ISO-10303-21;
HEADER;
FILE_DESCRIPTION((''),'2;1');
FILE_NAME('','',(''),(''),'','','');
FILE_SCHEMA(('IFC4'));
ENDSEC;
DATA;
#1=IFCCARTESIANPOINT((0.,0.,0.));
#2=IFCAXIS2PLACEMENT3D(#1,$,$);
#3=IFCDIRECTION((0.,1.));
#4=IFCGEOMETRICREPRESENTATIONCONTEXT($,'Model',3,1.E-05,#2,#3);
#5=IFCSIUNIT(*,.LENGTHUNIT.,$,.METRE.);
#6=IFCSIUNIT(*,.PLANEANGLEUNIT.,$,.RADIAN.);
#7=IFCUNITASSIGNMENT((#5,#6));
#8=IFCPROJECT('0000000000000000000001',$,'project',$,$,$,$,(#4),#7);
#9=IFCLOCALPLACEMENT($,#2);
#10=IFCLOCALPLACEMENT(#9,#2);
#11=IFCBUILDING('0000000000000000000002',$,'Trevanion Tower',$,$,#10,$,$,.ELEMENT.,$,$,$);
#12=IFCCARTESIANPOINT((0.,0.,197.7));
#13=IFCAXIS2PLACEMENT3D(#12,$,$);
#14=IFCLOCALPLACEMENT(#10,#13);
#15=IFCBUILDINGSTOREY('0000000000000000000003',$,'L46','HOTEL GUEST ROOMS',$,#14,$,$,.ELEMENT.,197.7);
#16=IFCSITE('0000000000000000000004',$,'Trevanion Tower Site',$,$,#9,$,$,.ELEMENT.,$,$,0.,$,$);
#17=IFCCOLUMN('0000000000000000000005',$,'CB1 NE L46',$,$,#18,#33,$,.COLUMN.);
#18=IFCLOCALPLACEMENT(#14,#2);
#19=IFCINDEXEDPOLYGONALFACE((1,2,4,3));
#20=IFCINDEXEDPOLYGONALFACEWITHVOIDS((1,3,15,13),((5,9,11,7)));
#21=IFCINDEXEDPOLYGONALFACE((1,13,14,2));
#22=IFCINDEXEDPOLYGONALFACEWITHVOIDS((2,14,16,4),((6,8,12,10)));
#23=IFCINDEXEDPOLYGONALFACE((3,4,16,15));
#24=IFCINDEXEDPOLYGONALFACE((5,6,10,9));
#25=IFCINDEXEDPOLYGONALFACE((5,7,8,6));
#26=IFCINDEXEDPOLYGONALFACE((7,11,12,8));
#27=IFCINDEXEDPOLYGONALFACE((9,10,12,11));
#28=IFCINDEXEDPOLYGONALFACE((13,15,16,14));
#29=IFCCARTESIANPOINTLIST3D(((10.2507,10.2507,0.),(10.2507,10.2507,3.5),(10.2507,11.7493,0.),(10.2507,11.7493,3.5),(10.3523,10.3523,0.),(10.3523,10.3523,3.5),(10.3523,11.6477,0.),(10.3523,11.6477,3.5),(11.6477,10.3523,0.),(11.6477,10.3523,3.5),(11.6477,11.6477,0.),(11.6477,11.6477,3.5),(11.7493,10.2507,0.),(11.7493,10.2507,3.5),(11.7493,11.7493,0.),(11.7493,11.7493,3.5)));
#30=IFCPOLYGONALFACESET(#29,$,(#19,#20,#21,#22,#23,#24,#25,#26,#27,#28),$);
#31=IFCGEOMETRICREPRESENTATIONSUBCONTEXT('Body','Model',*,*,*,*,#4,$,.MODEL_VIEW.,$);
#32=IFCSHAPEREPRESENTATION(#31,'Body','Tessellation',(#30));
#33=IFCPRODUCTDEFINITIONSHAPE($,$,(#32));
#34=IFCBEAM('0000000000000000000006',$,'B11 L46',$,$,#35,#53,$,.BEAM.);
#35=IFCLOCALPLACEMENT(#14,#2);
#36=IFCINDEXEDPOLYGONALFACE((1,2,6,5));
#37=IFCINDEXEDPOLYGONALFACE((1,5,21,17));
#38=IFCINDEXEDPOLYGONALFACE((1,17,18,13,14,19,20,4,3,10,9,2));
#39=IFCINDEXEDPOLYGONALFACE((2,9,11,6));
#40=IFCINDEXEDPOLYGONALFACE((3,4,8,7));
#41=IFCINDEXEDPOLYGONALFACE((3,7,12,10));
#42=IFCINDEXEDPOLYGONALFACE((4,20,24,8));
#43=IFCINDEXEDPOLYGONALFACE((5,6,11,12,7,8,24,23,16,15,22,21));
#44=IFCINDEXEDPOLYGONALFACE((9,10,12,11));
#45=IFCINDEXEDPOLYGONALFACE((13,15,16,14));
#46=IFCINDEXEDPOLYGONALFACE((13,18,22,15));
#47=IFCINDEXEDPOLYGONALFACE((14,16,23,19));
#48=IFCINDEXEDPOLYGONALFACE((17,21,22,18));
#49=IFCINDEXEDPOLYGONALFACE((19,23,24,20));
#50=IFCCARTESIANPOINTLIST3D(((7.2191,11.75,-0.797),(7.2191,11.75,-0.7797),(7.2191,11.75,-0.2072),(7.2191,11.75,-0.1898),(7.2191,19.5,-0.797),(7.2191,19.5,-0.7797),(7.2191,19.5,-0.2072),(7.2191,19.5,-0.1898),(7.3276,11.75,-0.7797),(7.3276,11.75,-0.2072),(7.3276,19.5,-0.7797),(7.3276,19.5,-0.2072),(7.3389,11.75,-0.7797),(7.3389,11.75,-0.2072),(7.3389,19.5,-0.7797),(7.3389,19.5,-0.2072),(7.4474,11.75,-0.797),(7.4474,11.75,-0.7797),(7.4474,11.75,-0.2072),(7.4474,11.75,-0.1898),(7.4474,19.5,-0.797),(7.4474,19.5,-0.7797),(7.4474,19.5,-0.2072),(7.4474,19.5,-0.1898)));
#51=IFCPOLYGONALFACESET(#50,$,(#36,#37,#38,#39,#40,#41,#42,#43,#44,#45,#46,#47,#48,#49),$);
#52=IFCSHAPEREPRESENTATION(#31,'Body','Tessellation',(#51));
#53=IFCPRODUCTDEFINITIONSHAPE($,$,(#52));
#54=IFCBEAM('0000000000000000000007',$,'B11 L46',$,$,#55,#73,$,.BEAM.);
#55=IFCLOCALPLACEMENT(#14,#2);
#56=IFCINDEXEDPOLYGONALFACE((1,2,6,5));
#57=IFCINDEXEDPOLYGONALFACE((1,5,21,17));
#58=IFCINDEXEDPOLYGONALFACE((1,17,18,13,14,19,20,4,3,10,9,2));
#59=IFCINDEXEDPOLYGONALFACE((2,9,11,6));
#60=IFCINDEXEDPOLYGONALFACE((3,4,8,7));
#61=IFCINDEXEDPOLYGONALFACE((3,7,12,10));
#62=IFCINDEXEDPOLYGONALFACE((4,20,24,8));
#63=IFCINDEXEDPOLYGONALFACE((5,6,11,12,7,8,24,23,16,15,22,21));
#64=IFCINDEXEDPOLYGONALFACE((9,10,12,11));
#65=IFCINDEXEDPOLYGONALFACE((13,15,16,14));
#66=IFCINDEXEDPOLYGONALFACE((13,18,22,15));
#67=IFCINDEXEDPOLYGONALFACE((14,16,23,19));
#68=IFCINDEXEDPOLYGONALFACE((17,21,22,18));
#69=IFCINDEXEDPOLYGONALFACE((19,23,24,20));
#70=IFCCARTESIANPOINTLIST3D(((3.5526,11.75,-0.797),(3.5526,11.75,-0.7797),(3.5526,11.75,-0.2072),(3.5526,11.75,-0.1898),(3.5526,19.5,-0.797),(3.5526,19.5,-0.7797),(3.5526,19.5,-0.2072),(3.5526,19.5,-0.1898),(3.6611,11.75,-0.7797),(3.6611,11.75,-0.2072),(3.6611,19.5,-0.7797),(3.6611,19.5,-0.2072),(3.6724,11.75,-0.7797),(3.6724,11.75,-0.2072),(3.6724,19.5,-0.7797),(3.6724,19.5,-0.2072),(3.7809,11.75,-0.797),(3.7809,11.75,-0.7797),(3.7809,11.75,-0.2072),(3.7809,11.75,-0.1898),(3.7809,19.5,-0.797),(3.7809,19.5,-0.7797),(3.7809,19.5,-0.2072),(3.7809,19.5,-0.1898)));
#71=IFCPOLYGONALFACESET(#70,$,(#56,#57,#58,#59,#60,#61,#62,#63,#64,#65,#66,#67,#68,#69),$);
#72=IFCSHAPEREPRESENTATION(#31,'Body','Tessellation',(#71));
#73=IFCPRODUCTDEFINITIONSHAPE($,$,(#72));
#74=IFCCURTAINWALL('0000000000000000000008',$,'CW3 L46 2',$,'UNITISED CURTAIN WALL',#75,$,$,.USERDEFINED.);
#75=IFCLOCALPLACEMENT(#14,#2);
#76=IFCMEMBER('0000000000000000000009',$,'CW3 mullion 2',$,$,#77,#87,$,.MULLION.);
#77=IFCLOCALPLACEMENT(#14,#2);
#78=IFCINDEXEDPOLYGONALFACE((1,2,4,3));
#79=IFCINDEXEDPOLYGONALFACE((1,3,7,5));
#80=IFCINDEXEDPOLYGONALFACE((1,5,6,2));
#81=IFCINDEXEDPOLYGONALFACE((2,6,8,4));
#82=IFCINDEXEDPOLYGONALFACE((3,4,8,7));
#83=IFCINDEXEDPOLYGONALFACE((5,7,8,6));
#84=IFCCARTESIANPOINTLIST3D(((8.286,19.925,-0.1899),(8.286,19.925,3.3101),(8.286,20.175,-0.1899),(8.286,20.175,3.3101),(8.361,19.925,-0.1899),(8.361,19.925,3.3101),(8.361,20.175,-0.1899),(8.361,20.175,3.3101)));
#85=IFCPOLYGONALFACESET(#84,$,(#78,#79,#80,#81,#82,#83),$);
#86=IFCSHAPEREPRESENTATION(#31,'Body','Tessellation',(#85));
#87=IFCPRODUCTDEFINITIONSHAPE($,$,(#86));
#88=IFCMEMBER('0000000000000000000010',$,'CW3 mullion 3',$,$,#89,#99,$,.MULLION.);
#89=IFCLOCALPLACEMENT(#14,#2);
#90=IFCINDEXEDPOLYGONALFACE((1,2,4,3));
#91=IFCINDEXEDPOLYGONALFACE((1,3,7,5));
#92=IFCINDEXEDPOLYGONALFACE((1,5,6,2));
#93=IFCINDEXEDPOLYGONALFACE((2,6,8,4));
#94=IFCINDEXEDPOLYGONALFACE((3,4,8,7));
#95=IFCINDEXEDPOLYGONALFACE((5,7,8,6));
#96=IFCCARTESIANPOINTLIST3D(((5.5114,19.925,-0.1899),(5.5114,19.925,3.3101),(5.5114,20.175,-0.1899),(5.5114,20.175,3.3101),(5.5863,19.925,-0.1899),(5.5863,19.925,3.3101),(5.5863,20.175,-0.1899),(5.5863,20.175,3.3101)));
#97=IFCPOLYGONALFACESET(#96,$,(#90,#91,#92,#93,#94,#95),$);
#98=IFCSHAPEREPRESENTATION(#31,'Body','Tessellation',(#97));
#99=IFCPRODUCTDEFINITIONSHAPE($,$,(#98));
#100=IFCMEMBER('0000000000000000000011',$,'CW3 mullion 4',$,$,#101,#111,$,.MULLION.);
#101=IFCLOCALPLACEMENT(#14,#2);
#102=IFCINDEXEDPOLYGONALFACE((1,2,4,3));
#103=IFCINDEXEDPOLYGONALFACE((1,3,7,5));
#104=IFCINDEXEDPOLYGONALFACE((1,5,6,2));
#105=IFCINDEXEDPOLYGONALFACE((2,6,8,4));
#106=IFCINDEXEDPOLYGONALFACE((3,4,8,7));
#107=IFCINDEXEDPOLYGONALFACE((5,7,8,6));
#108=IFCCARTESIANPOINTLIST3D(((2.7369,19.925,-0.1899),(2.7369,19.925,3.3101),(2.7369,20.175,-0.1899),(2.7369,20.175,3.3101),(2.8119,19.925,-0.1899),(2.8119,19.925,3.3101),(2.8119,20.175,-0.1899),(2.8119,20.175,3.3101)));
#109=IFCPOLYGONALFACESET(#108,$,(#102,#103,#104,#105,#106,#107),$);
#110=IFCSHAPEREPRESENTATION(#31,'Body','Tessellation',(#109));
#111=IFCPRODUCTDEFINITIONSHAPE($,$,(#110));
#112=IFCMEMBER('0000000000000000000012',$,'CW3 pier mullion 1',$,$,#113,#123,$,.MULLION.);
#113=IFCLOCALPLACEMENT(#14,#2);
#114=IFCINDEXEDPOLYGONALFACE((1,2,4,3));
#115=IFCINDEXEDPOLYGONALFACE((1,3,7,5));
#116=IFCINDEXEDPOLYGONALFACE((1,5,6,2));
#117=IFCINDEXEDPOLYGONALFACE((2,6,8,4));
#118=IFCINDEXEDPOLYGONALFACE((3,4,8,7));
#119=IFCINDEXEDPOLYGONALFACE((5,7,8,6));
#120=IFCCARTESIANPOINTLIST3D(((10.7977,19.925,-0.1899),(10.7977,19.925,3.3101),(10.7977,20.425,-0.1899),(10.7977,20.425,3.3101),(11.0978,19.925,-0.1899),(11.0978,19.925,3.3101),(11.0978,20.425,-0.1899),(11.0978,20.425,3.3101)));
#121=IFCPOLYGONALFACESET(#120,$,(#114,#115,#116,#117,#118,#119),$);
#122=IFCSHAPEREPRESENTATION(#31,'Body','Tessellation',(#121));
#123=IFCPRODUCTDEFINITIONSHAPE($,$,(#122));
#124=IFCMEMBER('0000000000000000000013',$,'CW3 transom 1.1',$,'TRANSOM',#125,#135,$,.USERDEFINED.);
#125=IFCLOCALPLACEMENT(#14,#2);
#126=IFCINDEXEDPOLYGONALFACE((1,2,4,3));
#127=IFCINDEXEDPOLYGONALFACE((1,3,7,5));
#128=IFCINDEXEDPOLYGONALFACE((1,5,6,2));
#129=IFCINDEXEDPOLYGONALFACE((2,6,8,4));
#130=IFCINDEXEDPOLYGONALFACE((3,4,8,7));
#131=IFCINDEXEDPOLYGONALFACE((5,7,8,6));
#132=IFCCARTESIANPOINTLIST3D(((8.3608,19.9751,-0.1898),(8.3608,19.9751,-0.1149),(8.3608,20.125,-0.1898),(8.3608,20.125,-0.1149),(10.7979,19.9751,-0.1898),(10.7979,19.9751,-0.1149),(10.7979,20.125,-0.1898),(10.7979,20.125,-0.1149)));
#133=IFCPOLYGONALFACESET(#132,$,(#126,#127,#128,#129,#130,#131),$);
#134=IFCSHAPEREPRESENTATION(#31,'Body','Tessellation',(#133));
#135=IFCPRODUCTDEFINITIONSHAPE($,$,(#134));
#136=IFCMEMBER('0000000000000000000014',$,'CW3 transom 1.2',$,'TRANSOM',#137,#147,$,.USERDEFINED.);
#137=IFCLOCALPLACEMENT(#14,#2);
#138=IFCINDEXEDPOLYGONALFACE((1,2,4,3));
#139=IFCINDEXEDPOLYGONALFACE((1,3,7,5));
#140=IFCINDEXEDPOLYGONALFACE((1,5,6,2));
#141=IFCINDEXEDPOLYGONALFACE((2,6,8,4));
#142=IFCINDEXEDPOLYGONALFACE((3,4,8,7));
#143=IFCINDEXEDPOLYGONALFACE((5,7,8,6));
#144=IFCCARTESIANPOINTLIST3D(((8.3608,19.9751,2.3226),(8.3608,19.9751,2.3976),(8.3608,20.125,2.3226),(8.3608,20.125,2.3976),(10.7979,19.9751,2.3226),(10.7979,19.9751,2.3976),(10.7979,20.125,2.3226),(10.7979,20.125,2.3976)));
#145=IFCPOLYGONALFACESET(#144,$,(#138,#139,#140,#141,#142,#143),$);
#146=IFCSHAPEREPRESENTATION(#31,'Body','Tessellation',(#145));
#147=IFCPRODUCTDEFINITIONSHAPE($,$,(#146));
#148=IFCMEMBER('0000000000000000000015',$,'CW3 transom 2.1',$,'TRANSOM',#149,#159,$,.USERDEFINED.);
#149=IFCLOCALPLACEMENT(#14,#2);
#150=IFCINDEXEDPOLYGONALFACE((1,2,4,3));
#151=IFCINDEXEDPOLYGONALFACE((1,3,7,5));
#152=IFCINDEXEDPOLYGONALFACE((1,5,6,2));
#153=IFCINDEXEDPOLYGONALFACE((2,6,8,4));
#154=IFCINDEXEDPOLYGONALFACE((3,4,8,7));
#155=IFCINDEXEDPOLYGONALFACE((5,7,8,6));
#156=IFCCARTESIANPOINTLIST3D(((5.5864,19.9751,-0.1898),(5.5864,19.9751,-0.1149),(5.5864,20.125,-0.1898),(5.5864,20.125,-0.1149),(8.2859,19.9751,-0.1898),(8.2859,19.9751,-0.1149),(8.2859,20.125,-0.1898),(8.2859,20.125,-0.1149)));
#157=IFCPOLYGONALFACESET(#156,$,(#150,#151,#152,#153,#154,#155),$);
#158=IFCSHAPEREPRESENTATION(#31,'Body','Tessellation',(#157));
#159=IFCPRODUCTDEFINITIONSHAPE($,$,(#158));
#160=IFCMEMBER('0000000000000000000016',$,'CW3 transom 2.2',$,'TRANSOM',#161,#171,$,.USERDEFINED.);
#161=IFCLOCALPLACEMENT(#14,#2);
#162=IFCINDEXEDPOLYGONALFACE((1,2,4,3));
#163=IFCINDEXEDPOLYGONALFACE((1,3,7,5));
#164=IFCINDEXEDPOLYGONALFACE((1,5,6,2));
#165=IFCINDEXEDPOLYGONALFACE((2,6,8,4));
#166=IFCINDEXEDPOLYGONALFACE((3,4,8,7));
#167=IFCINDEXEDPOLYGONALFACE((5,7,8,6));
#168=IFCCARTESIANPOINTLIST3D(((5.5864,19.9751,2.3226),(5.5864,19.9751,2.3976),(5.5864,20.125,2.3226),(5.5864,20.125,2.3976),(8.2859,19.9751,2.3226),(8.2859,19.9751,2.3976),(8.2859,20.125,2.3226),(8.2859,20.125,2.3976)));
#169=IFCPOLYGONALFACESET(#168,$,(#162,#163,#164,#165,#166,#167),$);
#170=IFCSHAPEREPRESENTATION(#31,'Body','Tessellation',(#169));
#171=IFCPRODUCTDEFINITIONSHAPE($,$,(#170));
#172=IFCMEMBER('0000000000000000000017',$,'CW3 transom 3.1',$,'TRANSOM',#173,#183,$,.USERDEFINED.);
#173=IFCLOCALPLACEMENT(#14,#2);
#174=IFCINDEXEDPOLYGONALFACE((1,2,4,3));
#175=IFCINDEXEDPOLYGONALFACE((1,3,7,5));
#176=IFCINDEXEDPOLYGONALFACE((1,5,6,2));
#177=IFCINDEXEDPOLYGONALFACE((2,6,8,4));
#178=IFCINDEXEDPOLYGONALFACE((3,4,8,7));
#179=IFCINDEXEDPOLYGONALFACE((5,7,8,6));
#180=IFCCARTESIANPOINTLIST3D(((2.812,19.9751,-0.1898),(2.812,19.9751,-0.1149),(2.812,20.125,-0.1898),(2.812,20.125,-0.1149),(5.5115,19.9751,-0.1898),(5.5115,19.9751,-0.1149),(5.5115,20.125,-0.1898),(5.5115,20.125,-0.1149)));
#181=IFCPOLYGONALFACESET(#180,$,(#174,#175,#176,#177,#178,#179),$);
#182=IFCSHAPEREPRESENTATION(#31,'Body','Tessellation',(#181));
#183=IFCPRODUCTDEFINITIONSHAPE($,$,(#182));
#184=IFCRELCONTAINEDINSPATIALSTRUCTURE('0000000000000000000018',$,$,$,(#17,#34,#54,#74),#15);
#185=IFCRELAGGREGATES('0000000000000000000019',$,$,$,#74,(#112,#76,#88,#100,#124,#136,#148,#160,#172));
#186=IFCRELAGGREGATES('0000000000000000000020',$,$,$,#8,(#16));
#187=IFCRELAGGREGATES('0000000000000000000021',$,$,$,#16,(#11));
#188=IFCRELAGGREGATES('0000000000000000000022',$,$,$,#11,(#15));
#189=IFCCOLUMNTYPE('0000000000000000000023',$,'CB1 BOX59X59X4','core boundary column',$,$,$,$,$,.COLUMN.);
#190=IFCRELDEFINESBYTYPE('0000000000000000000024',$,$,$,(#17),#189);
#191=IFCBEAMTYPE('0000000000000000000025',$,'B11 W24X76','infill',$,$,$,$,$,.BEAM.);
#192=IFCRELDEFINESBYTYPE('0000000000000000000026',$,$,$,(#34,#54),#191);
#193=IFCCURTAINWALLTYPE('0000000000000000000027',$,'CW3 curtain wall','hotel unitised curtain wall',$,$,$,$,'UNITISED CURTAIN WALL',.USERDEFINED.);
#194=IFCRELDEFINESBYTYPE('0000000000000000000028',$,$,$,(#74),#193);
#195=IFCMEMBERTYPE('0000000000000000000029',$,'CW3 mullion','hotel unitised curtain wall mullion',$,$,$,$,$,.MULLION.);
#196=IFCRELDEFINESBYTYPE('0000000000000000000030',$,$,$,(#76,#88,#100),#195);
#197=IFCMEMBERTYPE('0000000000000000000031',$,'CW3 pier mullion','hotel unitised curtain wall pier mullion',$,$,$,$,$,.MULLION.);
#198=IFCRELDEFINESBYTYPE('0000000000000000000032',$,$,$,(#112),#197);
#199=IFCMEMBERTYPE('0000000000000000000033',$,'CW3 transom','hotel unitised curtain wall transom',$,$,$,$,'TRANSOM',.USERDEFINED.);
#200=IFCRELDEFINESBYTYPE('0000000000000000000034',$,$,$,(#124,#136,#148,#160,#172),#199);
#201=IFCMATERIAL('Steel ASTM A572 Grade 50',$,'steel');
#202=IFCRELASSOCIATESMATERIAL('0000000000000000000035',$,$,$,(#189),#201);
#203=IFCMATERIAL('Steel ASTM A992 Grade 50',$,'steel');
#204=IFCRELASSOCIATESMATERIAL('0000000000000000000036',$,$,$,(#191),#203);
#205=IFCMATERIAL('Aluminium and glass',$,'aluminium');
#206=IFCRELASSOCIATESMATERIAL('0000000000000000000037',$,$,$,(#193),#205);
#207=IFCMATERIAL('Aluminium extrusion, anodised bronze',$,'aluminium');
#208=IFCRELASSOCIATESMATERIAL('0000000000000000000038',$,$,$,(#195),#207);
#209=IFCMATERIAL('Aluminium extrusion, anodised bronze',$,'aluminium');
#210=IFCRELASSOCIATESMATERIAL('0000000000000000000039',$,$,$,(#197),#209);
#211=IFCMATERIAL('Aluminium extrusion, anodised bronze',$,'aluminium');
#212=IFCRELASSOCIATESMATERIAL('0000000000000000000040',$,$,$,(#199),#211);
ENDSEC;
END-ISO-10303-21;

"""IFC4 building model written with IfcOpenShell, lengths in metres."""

from ifc_helpers import new_model, si_unit, direction, frame, origin, origin_2d, place, context, subcontext, project, spatial, rectangle, hollow_rectangle, i_section, extrude, material, material_profile, profile_set, type_object, element, aggregate, save


model = new_model("IFC4")

# Units and contexts
model_context = context("Model", 3, precision=1e-05, world=origin(), true_north=direction((0.0, 1.0)))
body_context = subcontext(model_context, "Body", "Model", "MODEL_VIEW")
ifc_project = project(units=[si_unit("LENGTHUNIT", "METRE"), si_unit("PLANEANGLEUNIT", "RADIAN")], contexts=[model_context])

# Site, building, storey
site_placement = place(None, origin())
site = spatial("IfcSite", under=ifc_project, at=site_placement, Name="Trevanion Tower Site", CompositionType="ELEMENT", RefElevation=0.0)
building_placement = place(site_placement, origin())
building = spatial("IfcBuilding", under=site, at=building_placement, Name="Trevanion Tower", CompositionType="ELEMENT")
storey_placement = place(building_placement, frame((0.0, 0.0, 197.7)))
storey = spatial("IfcBuildingStorey", under=building, at=storey_placement, Name="L46", Description="HOTEL GUEST ROOMS", CompositionType="ELEMENT", Elevation=197.7)

# Column
ifc_material_1 = material(Name="Steel ASTM A572 Grade 50", Category="steel")
ifc_material_profile_1 = material_profile(ifc_material_1, hollow_rectangle(XDim=1.4985, YDim=1.4985, WallThickness=0.1016, at=origin_2d()), Name="BOX59X59X4")
ifc_profile_set_1 = profile_set([ifc_material_profile_1], Name="Steel ASTM A572 Grade 50")
column_type = type_object("IfcColumnType", Name="CB1 BOX59X59X4", Description="core boundary column", PredefinedType="COLUMN", material=ifc_profile_set_1)
column_placement = place(storey_placement, frame((11.0, 11.0, 0.0), z_axis=(0.0, 0.0, 1.0), x_axis=(1.0, 0.0, 0.0)))
element("IfcColumn", 1, at=column_placement, inside=storey, type_object=column_type, Name="CB1 NE L46", PredefinedType="COLUMN", context=body_context, shape_type="SweptSolid", body=[
    extrude(hollow_rectangle(XDim=1.4985, YDim=1.4985, WallThickness=0.1016, at=origin_2d()), origin(), (0.0, 0.0, 1.0), 3.5),
])

# Beams
ifc_material_2 = material(Name="Steel ASTM A992 Grade 50", Category="steel")
ifc_material_profile_2 = material_profile(ifc_material_2, i_section(OverallWidth=0.2283, OverallDepth=0.6072, WebThickness=0.0112, FlangeThickness=0.0173, at=origin_2d()), Name="W24X76")
ifc_profile_set_2 = profile_set([ifc_material_profile_2], Name="Steel ASTM A992 Grade 50")
beam_type_1 = type_object("IfcBeamType", Name="B11 W24X76", Description="infill", PredefinedType="BEAM", material=ifc_profile_set_2)
for number, where, z_axis, x_axis, name in (
    (2, (7.3333, 11.75, -0.4934), (0.0, 1.0, 0.0), (-1.0, 0.0, 0.0), "B11 L46"),
    (3, (3.6667, 11.75, -0.4934), (0.0, 1.0, 0.0), (-1.0, 0.0, 0.0), "B11 L46"),
):
    element("IfcBeam", number, at=place(storey_placement, frame(where, z_axis=z_axis, x_axis=x_axis)), inside=storey, type_object=beam_type_1, Name=name, PredefinedType="BEAM", context=body_context, shape_type="SweptSolid", body=[
        extrude(i_section(OverallWidth=0.2283, OverallDepth=0.6072, WebThickness=0.0112, FlangeThickness=0.0173, at=origin_2d()), origin(), (0.0, 0.0, 1.0), 7.75),
    ])

# Curtain wall, members
ifc_material_3 = material(Name="Aluminium and glass", Category="aluminium")
curtain_wall_type = type_object("IfcCurtainWallType", Name="CW3 curtain wall", Description="hotel unitised curtain wall", ElementType="UNITISED CURTAIN WALL", PredefinedType="USERDEFINED", material=ifc_material_3)
curtain_wall_placement = place(storey_placement, origin())
curtain_wall = element("IfcCurtainWall", 4, at=curtain_wall_placement, inside=storey, type_object=curtain_wall_type, Name="CW3 L46 2", ObjectType="UNITISED CURTAIN WALL", PredefinedType="USERDEFINED")
ifc_material_4 = material(Name="Aluminium extrusion, anodised bronze", Category="aluminium")
ifc_material_profile_3 = material_profile(ifc_material_4, rectangle(XDim=0.075, YDim=0.25, at=origin_2d()), Name="CW3 mullion")
ifc_profile_set_3 = profile_set([ifc_material_profile_3], Name="Aluminium extrusion, anodised bronze")
member_type_1 = type_object("IfcMemberType", Name="CW3 mullion", Description="hotel unitised curtain wall mullion", PredefinedType="MULLION", material=ifc_profile_set_3)
member_1_placement = place(storey_placement, frame((8.3235, 20.05, -0.1899), z_axis=(0.0, 0.0, 1.0), x_axis=(-1.0, 0.0, 0.0)))
member_1 = element("IfcMember", 5, at=member_1_placement, type_object=member_type_1, Name="CW3 mullion 2", PredefinedType="MULLION", context=body_context, shape_type="SweptSolid", body=[
    extrude(rectangle(XDim=0.075, YDim=0.25, at=origin_2d()), origin(), (0.0, 0.0, 1.0), 3.5),
])
member_2_placement = place(storey_placement, frame((5.5488, 20.05, -0.1899), z_axis=(0.0, 0.0, 1.0), x_axis=(-1.0, 0.0, 0.0)))
member_2 = element("IfcMember", 6, at=member_2_placement, type_object=member_type_1, Name="CW3 mullion 3", PredefinedType="MULLION", context=body_context, shape_type="SweptSolid", body=[
    extrude(rectangle(XDim=0.075, YDim=0.25, at=origin_2d()), origin(), (0.0, 0.0, 1.0), 3.5),
])
member_3_placement = place(storey_placement, frame((2.7744, 20.05, -0.1899), z_axis=(0.0, 0.0, 1.0), x_axis=(-1.0, 0.0, 0.0)))
member_3 = element("IfcMember", 7, at=member_3_placement, type_object=member_type_1, Name="CW3 mullion 4", PredefinedType="MULLION", context=body_context, shape_type="SweptSolid", body=[
    extrude(rectangle(XDim=0.075, YDim=0.25, at=origin_2d()), origin(), (0.0, 0.0, 1.0), 3.5),
])
ifc_material_5 = material(Name="Aluminium extrusion, anodised bronze", Category="aluminium")
ifc_material_profile_4 = material_profile(ifc_material_5, rectangle(XDim=0.3, YDim=0.5, at=origin_2d()), Name="CW3 pier mullion")
ifc_profile_set_4 = profile_set([ifc_material_profile_4], Name="Aluminium extrusion, anodised bronze")
member_type_2 = type_object("IfcMemberType", Name="CW3 pier mullion", Description="hotel unitised curtain wall pier mullion", PredefinedType="MULLION", material=ifc_profile_set_4)
member_4_placement = place(storey_placement, frame((10.9478, 20.175, -0.1899), z_axis=(0.0, 0.0, 1.0), x_axis=(-1.0, 0.0, 0.0)))
member_4 = element("IfcMember", 8, at=member_4_placement, type_object=member_type_2, Name="CW3 pier mullion 1", PredefinedType="MULLION", context=body_context, shape_type="SweptSolid", body=[
    extrude(rectangle(XDim=0.3, YDim=0.5, at=origin_2d()), origin(), (0.0, 0.0, 1.0), 3.5),
])
ifc_material_6 = material(Name="Aluminium extrusion, anodised bronze", Category="aluminium")
ifc_material_profile_5 = material_profile(ifc_material_6, rectangle(XDim=0.1499, YDim=0.075, at=origin_2d()), Name="CW3 transom")
ifc_profile_set_5 = profile_set([ifc_material_profile_5], Name="Aluminium extrusion, anodised bronze")
member_type_3 = type_object("IfcMemberType", Name="CW3 transom", Description="hotel unitised curtain wall transom", ElementType="TRANSOM", PredefinedType="USERDEFINED", material=ifc_profile_set_5)
member_5_placement = place(storey_placement, frame((10.7979, 20.05, -0.1523), z_axis=(-1.0, 0.0, 0.0), x_axis=(0.0, -1.0, 0.0)))
member_5 = element("IfcMember", 9, at=member_5_placement, type_object=member_type_3, Name="CW3 transom 1.1", ObjectType="TRANSOM", PredefinedType="USERDEFINED", context=body_context, shape_type="SweptSolid", body=[
    extrude(rectangle(XDim=0.1499, YDim=0.075, at=origin_2d()), origin(), (0.0, 0.0, 1.0), 2.437),
])
member_6_placement = place(storey_placement, frame((10.7979, 20.05, 2.3601), z_axis=(-1.0, 0.0, 0.0), x_axis=(0.0, -1.0, 0.0)))
member_6 = element("IfcMember", 10, at=member_6_placement, type_object=member_type_3, Name="CW3 transom 1.2", ObjectType="TRANSOM", PredefinedType="USERDEFINED", context=body_context, shape_type="SweptSolid", body=[
    extrude(rectangle(XDim=0.1499, YDim=0.075, at=origin_2d()), origin(), (0.0, 0.0, 1.0), 2.437),
])
member_7_placement = place(storey_placement, frame((8.2859, 20.05, -0.1523), z_axis=(-1.0, 0.0, 0.0), x_axis=(0.0, -1.0, 0.0)))
member_7 = element("IfcMember", 11, at=member_7_placement, type_object=member_type_3, Name="CW3 transom 2.1", ObjectType="TRANSOM", PredefinedType="USERDEFINED", context=body_context, shape_type="SweptSolid", body=[
    extrude(rectangle(XDim=0.1499, YDim=0.075, at=origin_2d()), origin(), (0.0, 0.0, 1.0), 2.6995),
])
member_8_placement = place(storey_placement, frame((8.2859, 20.05, 2.3601), z_axis=(-1.0, 0.0, 0.0), x_axis=(0.0, -1.0, 0.0)))
member_8 = element("IfcMember", 12, at=member_8_placement, type_object=member_type_3, Name="CW3 transom 2.2", ObjectType="TRANSOM", PredefinedType="USERDEFINED", context=body_context, shape_type="SweptSolid", body=[
    extrude(rectangle(XDim=0.1499, YDim=0.075, at=origin_2d()), origin(), (0.0, 0.0, 1.0), 2.6995),
])
member_9_placement = place(storey_placement, frame((5.5115, 20.05, -0.1523), z_axis=(-1.0, 0.0, 0.0), x_axis=(0.0, -1.0, 0.0)))
member_9 = element("IfcMember", 13, at=member_9_placement, type_object=member_type_3, Name="CW3 transom 3.1", ObjectType="TRANSOM", PredefinedType="USERDEFINED", context=body_context, shape_type="SweptSolid", body=[
    extrude(rectangle(XDim=0.1499, YDim=0.075, at=origin_2d()), origin(), (0.0, 0.0, 1.0), 2.6995),
])

aggregate(curtain_wall, [member_4, member_1, member_2, member_3, member_5, member_6, member_7, member_8, member_9])

save(model, "model.ifc")
